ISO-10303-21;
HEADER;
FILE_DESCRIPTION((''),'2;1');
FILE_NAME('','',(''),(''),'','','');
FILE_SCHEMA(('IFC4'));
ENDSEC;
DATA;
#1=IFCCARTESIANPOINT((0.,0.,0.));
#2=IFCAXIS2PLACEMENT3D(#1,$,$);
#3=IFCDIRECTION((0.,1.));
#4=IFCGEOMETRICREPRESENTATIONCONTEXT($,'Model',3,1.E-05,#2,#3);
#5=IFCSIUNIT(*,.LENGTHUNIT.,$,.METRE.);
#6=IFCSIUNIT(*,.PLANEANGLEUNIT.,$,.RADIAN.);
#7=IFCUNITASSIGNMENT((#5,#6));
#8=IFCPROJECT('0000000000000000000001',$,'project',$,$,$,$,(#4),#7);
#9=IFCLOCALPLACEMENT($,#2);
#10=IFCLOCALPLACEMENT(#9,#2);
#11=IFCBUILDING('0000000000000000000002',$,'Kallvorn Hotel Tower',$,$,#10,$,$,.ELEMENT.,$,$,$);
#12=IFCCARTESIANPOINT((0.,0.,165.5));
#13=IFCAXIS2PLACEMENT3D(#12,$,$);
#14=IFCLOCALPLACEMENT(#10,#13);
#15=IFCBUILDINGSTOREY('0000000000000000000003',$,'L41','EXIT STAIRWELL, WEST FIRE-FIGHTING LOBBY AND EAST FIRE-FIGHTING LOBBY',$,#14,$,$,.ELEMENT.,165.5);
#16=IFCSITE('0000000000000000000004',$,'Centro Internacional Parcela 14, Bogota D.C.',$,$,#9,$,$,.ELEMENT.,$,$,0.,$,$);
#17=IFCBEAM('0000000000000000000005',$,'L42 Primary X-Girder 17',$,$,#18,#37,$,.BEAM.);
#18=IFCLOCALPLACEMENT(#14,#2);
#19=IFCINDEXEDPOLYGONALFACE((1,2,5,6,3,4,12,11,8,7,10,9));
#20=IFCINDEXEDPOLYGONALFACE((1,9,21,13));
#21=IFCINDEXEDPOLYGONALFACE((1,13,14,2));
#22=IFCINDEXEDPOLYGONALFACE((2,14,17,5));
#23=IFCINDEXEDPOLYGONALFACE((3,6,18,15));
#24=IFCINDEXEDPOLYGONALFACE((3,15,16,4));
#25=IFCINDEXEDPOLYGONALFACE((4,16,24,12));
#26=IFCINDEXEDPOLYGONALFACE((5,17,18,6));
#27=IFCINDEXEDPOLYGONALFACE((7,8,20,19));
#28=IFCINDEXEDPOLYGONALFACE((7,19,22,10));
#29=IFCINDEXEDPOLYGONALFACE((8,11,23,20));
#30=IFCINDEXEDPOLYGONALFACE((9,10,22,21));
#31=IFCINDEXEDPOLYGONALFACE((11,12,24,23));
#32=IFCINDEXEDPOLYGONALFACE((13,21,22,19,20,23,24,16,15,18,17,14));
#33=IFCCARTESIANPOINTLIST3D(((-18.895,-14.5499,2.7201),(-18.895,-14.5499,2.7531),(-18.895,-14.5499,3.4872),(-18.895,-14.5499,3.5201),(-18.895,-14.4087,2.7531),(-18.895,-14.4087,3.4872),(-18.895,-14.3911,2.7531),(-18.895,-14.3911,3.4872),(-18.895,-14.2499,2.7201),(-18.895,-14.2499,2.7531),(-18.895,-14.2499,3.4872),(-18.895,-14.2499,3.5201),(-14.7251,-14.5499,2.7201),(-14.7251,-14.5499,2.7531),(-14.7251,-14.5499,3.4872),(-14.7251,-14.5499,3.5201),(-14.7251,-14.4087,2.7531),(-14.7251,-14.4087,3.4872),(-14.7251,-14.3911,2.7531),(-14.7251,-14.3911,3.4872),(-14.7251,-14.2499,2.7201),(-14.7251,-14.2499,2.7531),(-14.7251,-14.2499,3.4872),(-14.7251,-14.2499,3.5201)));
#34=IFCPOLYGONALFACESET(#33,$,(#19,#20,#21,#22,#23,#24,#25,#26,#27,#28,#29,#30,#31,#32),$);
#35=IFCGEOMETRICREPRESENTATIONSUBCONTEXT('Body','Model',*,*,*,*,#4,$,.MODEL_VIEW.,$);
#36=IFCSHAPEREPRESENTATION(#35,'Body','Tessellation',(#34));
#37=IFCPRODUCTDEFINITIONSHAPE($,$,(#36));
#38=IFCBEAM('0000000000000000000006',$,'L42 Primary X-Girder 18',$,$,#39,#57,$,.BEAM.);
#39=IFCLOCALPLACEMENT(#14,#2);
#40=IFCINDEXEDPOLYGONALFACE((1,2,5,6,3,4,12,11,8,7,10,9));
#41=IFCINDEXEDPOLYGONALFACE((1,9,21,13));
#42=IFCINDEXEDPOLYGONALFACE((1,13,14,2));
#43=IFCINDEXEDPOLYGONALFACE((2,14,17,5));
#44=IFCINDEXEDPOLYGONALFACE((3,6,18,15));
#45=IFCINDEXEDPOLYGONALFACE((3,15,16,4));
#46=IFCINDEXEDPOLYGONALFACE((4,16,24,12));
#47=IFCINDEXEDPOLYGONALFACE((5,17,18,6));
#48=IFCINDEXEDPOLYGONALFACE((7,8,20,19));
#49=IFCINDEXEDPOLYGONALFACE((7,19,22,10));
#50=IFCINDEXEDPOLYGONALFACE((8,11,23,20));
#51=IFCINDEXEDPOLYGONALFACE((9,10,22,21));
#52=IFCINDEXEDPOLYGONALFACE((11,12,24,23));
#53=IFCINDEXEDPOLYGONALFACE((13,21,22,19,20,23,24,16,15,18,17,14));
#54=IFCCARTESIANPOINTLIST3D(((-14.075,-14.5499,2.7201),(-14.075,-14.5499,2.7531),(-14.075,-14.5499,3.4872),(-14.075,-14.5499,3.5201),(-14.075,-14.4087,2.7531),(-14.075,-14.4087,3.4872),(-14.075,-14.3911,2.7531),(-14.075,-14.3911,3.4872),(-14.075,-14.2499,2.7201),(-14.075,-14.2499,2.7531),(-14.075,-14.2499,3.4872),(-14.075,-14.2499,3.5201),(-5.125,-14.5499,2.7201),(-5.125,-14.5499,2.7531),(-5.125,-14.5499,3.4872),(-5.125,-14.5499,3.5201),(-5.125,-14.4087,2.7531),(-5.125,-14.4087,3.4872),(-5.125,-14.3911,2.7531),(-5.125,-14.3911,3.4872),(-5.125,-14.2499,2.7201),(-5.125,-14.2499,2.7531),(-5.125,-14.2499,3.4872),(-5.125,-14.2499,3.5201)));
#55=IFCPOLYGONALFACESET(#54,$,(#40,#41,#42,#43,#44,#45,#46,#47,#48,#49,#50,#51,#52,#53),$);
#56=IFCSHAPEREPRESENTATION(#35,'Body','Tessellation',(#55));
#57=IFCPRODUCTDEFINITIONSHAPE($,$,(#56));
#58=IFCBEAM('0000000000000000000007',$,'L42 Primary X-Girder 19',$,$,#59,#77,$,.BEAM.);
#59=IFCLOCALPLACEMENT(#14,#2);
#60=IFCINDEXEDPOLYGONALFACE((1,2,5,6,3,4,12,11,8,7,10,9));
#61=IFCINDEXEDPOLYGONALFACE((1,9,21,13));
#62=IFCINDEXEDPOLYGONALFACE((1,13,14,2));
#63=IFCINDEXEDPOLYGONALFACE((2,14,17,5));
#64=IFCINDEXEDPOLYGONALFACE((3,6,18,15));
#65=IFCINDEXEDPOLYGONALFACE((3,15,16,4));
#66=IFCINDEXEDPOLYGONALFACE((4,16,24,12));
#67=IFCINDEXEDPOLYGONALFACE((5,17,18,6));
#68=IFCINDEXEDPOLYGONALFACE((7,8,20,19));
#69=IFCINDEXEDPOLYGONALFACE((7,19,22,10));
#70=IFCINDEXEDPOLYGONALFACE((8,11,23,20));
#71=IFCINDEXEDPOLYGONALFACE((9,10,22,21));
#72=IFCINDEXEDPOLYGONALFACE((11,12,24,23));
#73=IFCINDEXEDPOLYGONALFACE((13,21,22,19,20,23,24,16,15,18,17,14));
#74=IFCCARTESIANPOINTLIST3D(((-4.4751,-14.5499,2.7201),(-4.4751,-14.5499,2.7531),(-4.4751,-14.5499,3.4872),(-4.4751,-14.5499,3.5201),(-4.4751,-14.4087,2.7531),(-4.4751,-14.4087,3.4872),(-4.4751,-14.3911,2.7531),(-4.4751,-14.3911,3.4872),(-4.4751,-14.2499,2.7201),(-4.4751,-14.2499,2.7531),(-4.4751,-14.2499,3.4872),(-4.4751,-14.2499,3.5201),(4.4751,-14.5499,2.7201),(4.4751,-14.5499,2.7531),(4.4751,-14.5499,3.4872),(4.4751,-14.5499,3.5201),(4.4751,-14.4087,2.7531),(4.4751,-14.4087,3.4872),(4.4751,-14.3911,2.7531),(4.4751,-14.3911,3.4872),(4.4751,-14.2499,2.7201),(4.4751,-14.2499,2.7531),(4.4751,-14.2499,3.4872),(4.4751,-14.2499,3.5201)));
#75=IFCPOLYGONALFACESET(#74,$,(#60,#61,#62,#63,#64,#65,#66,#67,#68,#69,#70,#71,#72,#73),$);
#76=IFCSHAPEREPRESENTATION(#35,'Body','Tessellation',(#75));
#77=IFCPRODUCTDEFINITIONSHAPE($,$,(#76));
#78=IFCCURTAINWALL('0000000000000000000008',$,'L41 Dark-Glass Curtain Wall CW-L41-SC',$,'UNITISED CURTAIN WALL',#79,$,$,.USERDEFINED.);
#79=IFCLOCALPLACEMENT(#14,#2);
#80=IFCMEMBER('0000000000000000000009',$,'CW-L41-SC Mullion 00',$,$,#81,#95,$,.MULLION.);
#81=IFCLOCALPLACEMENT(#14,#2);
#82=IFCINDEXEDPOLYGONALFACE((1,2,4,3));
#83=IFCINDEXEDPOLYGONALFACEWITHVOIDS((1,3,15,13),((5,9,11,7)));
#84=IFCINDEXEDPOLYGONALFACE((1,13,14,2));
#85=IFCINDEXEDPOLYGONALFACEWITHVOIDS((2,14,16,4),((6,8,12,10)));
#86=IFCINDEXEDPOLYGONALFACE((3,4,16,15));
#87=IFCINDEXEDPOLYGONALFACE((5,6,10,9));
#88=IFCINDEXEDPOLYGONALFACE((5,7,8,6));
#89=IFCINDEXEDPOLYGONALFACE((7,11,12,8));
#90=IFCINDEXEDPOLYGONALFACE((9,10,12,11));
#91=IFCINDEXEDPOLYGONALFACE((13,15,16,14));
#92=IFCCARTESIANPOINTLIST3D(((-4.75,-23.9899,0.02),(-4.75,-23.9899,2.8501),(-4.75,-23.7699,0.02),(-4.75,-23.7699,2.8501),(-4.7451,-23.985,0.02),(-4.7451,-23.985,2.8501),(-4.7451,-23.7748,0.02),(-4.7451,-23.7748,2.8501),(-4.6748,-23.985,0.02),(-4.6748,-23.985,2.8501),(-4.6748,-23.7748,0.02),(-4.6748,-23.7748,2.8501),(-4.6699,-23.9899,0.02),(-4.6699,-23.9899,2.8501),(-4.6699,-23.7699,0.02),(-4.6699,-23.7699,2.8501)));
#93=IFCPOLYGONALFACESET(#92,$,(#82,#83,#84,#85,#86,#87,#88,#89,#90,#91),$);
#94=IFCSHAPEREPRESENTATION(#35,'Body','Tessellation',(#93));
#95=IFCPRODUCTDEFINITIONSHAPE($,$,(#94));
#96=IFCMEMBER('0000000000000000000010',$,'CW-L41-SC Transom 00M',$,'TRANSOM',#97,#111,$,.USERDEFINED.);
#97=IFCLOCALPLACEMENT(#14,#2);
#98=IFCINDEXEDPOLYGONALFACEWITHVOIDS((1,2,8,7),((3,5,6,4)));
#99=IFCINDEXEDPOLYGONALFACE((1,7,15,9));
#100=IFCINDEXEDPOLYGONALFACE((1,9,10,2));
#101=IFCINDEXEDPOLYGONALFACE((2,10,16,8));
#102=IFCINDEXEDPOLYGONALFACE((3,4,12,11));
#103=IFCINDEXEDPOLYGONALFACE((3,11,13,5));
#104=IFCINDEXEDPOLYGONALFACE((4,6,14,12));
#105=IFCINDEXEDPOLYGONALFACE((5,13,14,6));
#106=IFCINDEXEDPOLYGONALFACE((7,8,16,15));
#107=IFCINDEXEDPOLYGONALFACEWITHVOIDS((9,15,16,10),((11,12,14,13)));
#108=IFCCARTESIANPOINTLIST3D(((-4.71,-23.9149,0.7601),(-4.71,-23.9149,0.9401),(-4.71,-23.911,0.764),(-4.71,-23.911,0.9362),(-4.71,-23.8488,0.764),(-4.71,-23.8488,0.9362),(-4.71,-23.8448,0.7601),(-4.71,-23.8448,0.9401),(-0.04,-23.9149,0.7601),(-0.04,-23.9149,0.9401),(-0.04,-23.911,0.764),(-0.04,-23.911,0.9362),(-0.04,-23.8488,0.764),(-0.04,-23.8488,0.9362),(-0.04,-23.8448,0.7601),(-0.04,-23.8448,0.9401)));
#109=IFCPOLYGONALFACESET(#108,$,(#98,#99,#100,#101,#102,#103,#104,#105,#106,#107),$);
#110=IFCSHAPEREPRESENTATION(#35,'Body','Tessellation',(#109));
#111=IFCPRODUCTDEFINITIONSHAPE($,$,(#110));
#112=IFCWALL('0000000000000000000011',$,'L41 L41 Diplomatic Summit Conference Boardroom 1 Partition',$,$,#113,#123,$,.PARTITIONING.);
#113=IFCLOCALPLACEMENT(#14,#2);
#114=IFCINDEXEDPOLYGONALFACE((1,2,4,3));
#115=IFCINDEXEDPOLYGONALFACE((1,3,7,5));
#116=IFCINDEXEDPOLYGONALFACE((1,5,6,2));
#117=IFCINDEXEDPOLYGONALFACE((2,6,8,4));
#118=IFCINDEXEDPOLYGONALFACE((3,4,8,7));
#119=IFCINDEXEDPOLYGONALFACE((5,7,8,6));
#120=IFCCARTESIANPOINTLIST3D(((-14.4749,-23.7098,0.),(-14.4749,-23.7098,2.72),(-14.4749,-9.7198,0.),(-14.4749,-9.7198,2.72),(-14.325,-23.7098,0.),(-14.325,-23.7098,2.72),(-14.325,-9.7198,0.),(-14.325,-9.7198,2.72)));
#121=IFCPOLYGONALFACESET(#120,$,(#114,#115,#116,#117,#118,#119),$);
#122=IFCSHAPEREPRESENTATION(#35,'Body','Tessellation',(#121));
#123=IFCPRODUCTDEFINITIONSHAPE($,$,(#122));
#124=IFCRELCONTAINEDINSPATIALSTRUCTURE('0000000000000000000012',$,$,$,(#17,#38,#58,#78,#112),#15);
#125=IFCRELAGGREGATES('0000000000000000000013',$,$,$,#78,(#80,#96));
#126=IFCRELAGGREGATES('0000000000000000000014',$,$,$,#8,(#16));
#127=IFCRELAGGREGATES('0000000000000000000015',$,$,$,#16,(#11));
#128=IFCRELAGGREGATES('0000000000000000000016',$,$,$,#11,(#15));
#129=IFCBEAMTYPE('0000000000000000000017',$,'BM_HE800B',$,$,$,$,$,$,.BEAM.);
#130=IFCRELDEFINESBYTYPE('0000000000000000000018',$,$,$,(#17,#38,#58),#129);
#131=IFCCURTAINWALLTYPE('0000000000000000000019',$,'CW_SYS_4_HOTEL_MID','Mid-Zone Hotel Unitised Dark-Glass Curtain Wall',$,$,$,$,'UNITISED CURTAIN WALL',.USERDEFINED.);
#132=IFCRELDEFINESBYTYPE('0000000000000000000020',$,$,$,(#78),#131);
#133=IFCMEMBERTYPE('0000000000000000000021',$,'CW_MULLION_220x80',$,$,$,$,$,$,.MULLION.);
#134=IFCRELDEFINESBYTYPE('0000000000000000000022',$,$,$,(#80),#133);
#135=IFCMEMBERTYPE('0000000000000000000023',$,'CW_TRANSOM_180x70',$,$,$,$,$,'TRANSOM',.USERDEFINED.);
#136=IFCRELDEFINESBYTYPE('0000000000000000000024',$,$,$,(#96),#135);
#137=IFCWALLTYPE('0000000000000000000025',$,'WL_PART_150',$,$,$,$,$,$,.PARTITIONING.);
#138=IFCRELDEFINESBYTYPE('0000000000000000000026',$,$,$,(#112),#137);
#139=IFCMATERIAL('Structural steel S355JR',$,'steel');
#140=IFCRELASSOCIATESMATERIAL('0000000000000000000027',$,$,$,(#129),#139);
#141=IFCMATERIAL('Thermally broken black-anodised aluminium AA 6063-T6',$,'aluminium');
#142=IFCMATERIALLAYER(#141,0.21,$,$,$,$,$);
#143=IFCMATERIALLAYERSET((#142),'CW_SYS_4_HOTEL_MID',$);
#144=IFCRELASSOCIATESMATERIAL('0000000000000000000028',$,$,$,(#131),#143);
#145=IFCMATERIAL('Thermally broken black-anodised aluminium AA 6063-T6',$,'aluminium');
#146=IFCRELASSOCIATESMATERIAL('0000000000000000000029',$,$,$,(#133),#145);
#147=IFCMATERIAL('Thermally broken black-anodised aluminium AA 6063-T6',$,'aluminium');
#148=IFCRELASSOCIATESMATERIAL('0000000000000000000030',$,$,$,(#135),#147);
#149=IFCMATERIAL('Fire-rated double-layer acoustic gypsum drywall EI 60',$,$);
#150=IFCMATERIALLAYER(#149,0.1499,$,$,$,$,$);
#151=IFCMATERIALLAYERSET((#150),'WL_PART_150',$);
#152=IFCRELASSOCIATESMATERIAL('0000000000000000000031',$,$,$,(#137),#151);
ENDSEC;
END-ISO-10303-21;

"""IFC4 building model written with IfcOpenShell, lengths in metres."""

from ifc_helpers import new_model, si_unit, direction, frame, frame_2d, origin, origin_2d, place, context, subcontext, project, spatial, rectangle, hollow_rectangle, i_section, extrude, material, layer, layer_set, material_profile, profile_set, type_object, element, aggregate, save


model = new_model("IFC4")

# Units and contexts
model_context = context("Model", 3, precision=1e-05, world=origin(), true_north=direction((0.0, 1.0)))
body_context = subcontext(model_context, "Body", "Model", "MODEL_VIEW")
ifc_project = project(units=[si_unit("LENGTHUNIT", "METRE"), si_unit("PLANEANGLEUNIT", "RADIAN")], contexts=[model_context])

# Site, building, storey
site_placement = place(None, origin())
site = spatial("IfcSite", under=ifc_project, at=site_placement, Name="Centro Internacional Parcela 14, Bogota D.C.", CompositionType="ELEMENT", RefElevation=0.0)
building_placement = place(site_placement, origin())
building = spatial("IfcBuilding", under=site, at=building_placement, Name="Kallvorn Hotel Tower", CompositionType="ELEMENT")
storey_placement = place(building_placement, frame((0.0, 0.0, 165.5)))
storey = spatial("IfcBuildingStorey", under=building, at=storey_placement, Name="L41", Description="EXIT STAIRWELL, WEST FIRE-FIGHTING LOBBY AND EAST FIRE-FIGHTING LOBBY", CompositionType="ELEMENT", Elevation=165.5)

# Beams
ifc_material_1 = material(Name="Structural steel S355JR", Category="steel")
ifc_material_profile_1 = material_profile(ifc_material_1, i_section(OverallWidth=0.3, OverallDepth=0.8, WebThickness=0.0176, FlangeThickness=0.033, at=origin_2d()), Name="HE 800 B")
ifc_profile_set_1 = profile_set([ifc_material_profile_1], Name="Structural steel S355JR")
beam_type_1 = type_object("IfcBeamType", Name="BM_HE800B", PredefinedType="BEAM", material=ifc_profile_set_1)
beam_1_placement = place(storey_placement, frame((-18.895, -14.3999, 3.1201), z_axis=(1.0, 0.0, 0.0), x_axis=(0.0, 1.0, 0.0)))
element("IfcBeam", 1, at=beam_1_placement, inside=storey, type_object=beam_type_1, Name="L42 Primary X-Girder 17", PredefinedType="BEAM", context=body_context, shape_type="SweptSolid", body=[
    extrude(i_section(OverallWidth=0.3, OverallDepth=0.8, WebThickness=0.0176, FlangeThickness=0.033, at=origin_2d()), origin(), (0.0, 0.0, 1.0), 4.1699),
])
beam_2_placement = place(storey_placement, frame((-14.075, -14.3999, 3.1201), z_axis=(1.0, 0.0, 0.0), x_axis=(0.0, 1.0, 0.0)))
element("IfcBeam", 2, at=beam_2_placement, inside=storey, type_object=beam_type_1, Name="L42 Primary X-Girder 18", PredefinedType="BEAM", context=body_context, shape_type="SweptSolid", body=[
    extrude(i_section(OverallWidth=0.3, OverallDepth=0.8, WebThickness=0.0176, FlangeThickness=0.033, at=origin_2d()), origin(), (0.0, 0.0, 1.0), 8.95),
])
beam_3_placement = place(storey_placement, frame((-4.4751, -14.3999, 3.1201), z_axis=(1.0, 0.0, 0.0), x_axis=(0.0, 1.0, 0.0)))
element("IfcBeam", 3, at=beam_3_placement, inside=storey, type_object=beam_type_1, Name="L42 Primary X-Girder 19", PredefinedType="BEAM", context=body_context, shape_type="SweptSolid", body=[
    extrude(i_section(OverallWidth=0.3, OverallDepth=0.8, WebThickness=0.0176, FlangeThickness=0.033, at=origin_2d()), origin(), (0.0, 0.0, 1.0), 8.9502),
])

# Curtain wall, members
ifc_material_2 = material(Name="Thermally broken black-anodised aluminium AA 6063-T6", Category="aluminium")
ifc_layer_1 = layer(ifc_material_2, 0.21)
ifc_layer_set_1 = layer_set([ifc_layer_1], Name="CW_SYS_4_HOTEL_MID")
curtain_wall_type = type_object("IfcCurtainWallType", Name="CW_SYS_4_HOTEL_MID", Description="Mid-Zone Hotel Unitised Dark-Glass Curtain Wall", ElementType="UNITISED CURTAIN WALL", PredefinedType="USERDEFINED", material=ifc_layer_set_1)
curtain_wall_placement = place(storey_placement, origin())
curtain_wall = element("IfcCurtainWall", 4, at=curtain_wall_placement, inside=storey, type_object=curtain_wall_type, Name="L41 Dark-Glass Curtain Wall CW-L41-SC", ObjectType="UNITISED CURTAIN WALL", PredefinedType="USERDEFINED")
ifc_material_3 = material(Name="Thermally broken black-anodised aluminium AA 6063-T6", Category="aluminium")
ifc_material_profile_2 = material_profile(ifc_material_3, hollow_rectangle(XDim=0.0801, YDim=0.22, WallThickness=0.0049, at=origin_2d()), Name="MUL 220x80")
ifc_profile_set_2 = profile_set([ifc_material_profile_2], Name="Thermally broken black-anodised aluminium AA 6063-T6")
member_type_1 = type_object("IfcMemberType", Name="CW_MULLION_220x80", PredefinedType="MULLION", material=ifc_profile_set_2)
member_1_placement = place(storey_placement, frame((-4.71, -23.8799, 0.02), z_axis=(0.0, 0.0, 1.0), x_axis=(1.0, 0.0, 0.0)))
member_1 = element("IfcMember", 5, at=member_1_placement, type_object=member_type_1, Name="CW-L41-SC Mullion 00", PredefinedType="MULLION", context=body_context, shape_type="SweptSolid", body=[
    extrude(hollow_rectangle(XDim=0.0801, YDim=0.22, WallThickness=0.0049, at=origin_2d()), origin(), (0.0, 0.0, 1.0), 2.8301),
])
ifc_material_4 = material(Name="Thermally broken black-anodised aluminium AA 6063-T6", Category="aluminium")
ifc_material_profile_3 = material_profile(ifc_material_4, hollow_rectangle(XDim=0.0701, YDim=0.1799, WallThickness=0.0039, at=origin_2d()), Name="TRN 180x70")
ifc_profile_set_3 = profile_set([ifc_material_profile_3], Name="Thermally broken black-anodised aluminium AA 6063-T6")
member_type_2 = type_object("IfcMemberType", Name="CW_TRANSOM_180x70", ElementType="TRANSOM", PredefinedType="USERDEFINED", material=ifc_profile_set_3)
member_2_placement = place(storey_placement, frame((-4.71, -23.8799, 0.8501), z_axis=(1.0, 0.0, 0.0), x_axis=(0.0, 1.0, 0.0)))
member_2 = element("IfcMember", 6, at=member_2_placement, type_object=member_type_2, Name="CW-L41-SC Transom 00M", ObjectType="TRANSOM", PredefinedType="USERDEFINED", context=body_context, shape_type="SweptSolid", body=[
    extrude(hollow_rectangle(XDim=0.0701, YDim=0.1799, WallThickness=0.0039, at=origin_2d()), origin(), (0.0, 0.0, 1.0), 4.6699),
])
aggregate(curtain_wall, [member_1, member_2])

# Wall
ifc_material_5 = material(Name="Fire-rated double-layer acoustic gypsum drywall EI 60")
ifc_layer_2 = layer(ifc_material_5, 0.1499)
ifc_layer_set_2 = layer_set([ifc_layer_2], Name="WL_PART_150")
wall_type = type_object("IfcWallType", Name="WL_PART_150", PredefinedType="PARTITIONING", material=ifc_layer_set_2)
wall_placement = place(storey_placement, frame((-14.3999, -23.71, 0.0), z_axis=(0.0, 0.0, 1.0), x_axis=(0.0, 1.0, 0.0)))
element("IfcWall", 7, at=wall_placement, inside=storey, type_object=wall_type, Name="L41 L41 Diplomatic Summit Conference Boardroom 1 Partition", PredefinedType="PARTITIONING", context=body_context, shape_type="SweptSolid", body=[
    extrude(rectangle(XDim=13.99, YDim=0.1499, at=frame_2d((6.9951, 0.0))), origin(), (0.0, 0.0, 1.0), 2.72),
])

save(model, "model.ifc")
